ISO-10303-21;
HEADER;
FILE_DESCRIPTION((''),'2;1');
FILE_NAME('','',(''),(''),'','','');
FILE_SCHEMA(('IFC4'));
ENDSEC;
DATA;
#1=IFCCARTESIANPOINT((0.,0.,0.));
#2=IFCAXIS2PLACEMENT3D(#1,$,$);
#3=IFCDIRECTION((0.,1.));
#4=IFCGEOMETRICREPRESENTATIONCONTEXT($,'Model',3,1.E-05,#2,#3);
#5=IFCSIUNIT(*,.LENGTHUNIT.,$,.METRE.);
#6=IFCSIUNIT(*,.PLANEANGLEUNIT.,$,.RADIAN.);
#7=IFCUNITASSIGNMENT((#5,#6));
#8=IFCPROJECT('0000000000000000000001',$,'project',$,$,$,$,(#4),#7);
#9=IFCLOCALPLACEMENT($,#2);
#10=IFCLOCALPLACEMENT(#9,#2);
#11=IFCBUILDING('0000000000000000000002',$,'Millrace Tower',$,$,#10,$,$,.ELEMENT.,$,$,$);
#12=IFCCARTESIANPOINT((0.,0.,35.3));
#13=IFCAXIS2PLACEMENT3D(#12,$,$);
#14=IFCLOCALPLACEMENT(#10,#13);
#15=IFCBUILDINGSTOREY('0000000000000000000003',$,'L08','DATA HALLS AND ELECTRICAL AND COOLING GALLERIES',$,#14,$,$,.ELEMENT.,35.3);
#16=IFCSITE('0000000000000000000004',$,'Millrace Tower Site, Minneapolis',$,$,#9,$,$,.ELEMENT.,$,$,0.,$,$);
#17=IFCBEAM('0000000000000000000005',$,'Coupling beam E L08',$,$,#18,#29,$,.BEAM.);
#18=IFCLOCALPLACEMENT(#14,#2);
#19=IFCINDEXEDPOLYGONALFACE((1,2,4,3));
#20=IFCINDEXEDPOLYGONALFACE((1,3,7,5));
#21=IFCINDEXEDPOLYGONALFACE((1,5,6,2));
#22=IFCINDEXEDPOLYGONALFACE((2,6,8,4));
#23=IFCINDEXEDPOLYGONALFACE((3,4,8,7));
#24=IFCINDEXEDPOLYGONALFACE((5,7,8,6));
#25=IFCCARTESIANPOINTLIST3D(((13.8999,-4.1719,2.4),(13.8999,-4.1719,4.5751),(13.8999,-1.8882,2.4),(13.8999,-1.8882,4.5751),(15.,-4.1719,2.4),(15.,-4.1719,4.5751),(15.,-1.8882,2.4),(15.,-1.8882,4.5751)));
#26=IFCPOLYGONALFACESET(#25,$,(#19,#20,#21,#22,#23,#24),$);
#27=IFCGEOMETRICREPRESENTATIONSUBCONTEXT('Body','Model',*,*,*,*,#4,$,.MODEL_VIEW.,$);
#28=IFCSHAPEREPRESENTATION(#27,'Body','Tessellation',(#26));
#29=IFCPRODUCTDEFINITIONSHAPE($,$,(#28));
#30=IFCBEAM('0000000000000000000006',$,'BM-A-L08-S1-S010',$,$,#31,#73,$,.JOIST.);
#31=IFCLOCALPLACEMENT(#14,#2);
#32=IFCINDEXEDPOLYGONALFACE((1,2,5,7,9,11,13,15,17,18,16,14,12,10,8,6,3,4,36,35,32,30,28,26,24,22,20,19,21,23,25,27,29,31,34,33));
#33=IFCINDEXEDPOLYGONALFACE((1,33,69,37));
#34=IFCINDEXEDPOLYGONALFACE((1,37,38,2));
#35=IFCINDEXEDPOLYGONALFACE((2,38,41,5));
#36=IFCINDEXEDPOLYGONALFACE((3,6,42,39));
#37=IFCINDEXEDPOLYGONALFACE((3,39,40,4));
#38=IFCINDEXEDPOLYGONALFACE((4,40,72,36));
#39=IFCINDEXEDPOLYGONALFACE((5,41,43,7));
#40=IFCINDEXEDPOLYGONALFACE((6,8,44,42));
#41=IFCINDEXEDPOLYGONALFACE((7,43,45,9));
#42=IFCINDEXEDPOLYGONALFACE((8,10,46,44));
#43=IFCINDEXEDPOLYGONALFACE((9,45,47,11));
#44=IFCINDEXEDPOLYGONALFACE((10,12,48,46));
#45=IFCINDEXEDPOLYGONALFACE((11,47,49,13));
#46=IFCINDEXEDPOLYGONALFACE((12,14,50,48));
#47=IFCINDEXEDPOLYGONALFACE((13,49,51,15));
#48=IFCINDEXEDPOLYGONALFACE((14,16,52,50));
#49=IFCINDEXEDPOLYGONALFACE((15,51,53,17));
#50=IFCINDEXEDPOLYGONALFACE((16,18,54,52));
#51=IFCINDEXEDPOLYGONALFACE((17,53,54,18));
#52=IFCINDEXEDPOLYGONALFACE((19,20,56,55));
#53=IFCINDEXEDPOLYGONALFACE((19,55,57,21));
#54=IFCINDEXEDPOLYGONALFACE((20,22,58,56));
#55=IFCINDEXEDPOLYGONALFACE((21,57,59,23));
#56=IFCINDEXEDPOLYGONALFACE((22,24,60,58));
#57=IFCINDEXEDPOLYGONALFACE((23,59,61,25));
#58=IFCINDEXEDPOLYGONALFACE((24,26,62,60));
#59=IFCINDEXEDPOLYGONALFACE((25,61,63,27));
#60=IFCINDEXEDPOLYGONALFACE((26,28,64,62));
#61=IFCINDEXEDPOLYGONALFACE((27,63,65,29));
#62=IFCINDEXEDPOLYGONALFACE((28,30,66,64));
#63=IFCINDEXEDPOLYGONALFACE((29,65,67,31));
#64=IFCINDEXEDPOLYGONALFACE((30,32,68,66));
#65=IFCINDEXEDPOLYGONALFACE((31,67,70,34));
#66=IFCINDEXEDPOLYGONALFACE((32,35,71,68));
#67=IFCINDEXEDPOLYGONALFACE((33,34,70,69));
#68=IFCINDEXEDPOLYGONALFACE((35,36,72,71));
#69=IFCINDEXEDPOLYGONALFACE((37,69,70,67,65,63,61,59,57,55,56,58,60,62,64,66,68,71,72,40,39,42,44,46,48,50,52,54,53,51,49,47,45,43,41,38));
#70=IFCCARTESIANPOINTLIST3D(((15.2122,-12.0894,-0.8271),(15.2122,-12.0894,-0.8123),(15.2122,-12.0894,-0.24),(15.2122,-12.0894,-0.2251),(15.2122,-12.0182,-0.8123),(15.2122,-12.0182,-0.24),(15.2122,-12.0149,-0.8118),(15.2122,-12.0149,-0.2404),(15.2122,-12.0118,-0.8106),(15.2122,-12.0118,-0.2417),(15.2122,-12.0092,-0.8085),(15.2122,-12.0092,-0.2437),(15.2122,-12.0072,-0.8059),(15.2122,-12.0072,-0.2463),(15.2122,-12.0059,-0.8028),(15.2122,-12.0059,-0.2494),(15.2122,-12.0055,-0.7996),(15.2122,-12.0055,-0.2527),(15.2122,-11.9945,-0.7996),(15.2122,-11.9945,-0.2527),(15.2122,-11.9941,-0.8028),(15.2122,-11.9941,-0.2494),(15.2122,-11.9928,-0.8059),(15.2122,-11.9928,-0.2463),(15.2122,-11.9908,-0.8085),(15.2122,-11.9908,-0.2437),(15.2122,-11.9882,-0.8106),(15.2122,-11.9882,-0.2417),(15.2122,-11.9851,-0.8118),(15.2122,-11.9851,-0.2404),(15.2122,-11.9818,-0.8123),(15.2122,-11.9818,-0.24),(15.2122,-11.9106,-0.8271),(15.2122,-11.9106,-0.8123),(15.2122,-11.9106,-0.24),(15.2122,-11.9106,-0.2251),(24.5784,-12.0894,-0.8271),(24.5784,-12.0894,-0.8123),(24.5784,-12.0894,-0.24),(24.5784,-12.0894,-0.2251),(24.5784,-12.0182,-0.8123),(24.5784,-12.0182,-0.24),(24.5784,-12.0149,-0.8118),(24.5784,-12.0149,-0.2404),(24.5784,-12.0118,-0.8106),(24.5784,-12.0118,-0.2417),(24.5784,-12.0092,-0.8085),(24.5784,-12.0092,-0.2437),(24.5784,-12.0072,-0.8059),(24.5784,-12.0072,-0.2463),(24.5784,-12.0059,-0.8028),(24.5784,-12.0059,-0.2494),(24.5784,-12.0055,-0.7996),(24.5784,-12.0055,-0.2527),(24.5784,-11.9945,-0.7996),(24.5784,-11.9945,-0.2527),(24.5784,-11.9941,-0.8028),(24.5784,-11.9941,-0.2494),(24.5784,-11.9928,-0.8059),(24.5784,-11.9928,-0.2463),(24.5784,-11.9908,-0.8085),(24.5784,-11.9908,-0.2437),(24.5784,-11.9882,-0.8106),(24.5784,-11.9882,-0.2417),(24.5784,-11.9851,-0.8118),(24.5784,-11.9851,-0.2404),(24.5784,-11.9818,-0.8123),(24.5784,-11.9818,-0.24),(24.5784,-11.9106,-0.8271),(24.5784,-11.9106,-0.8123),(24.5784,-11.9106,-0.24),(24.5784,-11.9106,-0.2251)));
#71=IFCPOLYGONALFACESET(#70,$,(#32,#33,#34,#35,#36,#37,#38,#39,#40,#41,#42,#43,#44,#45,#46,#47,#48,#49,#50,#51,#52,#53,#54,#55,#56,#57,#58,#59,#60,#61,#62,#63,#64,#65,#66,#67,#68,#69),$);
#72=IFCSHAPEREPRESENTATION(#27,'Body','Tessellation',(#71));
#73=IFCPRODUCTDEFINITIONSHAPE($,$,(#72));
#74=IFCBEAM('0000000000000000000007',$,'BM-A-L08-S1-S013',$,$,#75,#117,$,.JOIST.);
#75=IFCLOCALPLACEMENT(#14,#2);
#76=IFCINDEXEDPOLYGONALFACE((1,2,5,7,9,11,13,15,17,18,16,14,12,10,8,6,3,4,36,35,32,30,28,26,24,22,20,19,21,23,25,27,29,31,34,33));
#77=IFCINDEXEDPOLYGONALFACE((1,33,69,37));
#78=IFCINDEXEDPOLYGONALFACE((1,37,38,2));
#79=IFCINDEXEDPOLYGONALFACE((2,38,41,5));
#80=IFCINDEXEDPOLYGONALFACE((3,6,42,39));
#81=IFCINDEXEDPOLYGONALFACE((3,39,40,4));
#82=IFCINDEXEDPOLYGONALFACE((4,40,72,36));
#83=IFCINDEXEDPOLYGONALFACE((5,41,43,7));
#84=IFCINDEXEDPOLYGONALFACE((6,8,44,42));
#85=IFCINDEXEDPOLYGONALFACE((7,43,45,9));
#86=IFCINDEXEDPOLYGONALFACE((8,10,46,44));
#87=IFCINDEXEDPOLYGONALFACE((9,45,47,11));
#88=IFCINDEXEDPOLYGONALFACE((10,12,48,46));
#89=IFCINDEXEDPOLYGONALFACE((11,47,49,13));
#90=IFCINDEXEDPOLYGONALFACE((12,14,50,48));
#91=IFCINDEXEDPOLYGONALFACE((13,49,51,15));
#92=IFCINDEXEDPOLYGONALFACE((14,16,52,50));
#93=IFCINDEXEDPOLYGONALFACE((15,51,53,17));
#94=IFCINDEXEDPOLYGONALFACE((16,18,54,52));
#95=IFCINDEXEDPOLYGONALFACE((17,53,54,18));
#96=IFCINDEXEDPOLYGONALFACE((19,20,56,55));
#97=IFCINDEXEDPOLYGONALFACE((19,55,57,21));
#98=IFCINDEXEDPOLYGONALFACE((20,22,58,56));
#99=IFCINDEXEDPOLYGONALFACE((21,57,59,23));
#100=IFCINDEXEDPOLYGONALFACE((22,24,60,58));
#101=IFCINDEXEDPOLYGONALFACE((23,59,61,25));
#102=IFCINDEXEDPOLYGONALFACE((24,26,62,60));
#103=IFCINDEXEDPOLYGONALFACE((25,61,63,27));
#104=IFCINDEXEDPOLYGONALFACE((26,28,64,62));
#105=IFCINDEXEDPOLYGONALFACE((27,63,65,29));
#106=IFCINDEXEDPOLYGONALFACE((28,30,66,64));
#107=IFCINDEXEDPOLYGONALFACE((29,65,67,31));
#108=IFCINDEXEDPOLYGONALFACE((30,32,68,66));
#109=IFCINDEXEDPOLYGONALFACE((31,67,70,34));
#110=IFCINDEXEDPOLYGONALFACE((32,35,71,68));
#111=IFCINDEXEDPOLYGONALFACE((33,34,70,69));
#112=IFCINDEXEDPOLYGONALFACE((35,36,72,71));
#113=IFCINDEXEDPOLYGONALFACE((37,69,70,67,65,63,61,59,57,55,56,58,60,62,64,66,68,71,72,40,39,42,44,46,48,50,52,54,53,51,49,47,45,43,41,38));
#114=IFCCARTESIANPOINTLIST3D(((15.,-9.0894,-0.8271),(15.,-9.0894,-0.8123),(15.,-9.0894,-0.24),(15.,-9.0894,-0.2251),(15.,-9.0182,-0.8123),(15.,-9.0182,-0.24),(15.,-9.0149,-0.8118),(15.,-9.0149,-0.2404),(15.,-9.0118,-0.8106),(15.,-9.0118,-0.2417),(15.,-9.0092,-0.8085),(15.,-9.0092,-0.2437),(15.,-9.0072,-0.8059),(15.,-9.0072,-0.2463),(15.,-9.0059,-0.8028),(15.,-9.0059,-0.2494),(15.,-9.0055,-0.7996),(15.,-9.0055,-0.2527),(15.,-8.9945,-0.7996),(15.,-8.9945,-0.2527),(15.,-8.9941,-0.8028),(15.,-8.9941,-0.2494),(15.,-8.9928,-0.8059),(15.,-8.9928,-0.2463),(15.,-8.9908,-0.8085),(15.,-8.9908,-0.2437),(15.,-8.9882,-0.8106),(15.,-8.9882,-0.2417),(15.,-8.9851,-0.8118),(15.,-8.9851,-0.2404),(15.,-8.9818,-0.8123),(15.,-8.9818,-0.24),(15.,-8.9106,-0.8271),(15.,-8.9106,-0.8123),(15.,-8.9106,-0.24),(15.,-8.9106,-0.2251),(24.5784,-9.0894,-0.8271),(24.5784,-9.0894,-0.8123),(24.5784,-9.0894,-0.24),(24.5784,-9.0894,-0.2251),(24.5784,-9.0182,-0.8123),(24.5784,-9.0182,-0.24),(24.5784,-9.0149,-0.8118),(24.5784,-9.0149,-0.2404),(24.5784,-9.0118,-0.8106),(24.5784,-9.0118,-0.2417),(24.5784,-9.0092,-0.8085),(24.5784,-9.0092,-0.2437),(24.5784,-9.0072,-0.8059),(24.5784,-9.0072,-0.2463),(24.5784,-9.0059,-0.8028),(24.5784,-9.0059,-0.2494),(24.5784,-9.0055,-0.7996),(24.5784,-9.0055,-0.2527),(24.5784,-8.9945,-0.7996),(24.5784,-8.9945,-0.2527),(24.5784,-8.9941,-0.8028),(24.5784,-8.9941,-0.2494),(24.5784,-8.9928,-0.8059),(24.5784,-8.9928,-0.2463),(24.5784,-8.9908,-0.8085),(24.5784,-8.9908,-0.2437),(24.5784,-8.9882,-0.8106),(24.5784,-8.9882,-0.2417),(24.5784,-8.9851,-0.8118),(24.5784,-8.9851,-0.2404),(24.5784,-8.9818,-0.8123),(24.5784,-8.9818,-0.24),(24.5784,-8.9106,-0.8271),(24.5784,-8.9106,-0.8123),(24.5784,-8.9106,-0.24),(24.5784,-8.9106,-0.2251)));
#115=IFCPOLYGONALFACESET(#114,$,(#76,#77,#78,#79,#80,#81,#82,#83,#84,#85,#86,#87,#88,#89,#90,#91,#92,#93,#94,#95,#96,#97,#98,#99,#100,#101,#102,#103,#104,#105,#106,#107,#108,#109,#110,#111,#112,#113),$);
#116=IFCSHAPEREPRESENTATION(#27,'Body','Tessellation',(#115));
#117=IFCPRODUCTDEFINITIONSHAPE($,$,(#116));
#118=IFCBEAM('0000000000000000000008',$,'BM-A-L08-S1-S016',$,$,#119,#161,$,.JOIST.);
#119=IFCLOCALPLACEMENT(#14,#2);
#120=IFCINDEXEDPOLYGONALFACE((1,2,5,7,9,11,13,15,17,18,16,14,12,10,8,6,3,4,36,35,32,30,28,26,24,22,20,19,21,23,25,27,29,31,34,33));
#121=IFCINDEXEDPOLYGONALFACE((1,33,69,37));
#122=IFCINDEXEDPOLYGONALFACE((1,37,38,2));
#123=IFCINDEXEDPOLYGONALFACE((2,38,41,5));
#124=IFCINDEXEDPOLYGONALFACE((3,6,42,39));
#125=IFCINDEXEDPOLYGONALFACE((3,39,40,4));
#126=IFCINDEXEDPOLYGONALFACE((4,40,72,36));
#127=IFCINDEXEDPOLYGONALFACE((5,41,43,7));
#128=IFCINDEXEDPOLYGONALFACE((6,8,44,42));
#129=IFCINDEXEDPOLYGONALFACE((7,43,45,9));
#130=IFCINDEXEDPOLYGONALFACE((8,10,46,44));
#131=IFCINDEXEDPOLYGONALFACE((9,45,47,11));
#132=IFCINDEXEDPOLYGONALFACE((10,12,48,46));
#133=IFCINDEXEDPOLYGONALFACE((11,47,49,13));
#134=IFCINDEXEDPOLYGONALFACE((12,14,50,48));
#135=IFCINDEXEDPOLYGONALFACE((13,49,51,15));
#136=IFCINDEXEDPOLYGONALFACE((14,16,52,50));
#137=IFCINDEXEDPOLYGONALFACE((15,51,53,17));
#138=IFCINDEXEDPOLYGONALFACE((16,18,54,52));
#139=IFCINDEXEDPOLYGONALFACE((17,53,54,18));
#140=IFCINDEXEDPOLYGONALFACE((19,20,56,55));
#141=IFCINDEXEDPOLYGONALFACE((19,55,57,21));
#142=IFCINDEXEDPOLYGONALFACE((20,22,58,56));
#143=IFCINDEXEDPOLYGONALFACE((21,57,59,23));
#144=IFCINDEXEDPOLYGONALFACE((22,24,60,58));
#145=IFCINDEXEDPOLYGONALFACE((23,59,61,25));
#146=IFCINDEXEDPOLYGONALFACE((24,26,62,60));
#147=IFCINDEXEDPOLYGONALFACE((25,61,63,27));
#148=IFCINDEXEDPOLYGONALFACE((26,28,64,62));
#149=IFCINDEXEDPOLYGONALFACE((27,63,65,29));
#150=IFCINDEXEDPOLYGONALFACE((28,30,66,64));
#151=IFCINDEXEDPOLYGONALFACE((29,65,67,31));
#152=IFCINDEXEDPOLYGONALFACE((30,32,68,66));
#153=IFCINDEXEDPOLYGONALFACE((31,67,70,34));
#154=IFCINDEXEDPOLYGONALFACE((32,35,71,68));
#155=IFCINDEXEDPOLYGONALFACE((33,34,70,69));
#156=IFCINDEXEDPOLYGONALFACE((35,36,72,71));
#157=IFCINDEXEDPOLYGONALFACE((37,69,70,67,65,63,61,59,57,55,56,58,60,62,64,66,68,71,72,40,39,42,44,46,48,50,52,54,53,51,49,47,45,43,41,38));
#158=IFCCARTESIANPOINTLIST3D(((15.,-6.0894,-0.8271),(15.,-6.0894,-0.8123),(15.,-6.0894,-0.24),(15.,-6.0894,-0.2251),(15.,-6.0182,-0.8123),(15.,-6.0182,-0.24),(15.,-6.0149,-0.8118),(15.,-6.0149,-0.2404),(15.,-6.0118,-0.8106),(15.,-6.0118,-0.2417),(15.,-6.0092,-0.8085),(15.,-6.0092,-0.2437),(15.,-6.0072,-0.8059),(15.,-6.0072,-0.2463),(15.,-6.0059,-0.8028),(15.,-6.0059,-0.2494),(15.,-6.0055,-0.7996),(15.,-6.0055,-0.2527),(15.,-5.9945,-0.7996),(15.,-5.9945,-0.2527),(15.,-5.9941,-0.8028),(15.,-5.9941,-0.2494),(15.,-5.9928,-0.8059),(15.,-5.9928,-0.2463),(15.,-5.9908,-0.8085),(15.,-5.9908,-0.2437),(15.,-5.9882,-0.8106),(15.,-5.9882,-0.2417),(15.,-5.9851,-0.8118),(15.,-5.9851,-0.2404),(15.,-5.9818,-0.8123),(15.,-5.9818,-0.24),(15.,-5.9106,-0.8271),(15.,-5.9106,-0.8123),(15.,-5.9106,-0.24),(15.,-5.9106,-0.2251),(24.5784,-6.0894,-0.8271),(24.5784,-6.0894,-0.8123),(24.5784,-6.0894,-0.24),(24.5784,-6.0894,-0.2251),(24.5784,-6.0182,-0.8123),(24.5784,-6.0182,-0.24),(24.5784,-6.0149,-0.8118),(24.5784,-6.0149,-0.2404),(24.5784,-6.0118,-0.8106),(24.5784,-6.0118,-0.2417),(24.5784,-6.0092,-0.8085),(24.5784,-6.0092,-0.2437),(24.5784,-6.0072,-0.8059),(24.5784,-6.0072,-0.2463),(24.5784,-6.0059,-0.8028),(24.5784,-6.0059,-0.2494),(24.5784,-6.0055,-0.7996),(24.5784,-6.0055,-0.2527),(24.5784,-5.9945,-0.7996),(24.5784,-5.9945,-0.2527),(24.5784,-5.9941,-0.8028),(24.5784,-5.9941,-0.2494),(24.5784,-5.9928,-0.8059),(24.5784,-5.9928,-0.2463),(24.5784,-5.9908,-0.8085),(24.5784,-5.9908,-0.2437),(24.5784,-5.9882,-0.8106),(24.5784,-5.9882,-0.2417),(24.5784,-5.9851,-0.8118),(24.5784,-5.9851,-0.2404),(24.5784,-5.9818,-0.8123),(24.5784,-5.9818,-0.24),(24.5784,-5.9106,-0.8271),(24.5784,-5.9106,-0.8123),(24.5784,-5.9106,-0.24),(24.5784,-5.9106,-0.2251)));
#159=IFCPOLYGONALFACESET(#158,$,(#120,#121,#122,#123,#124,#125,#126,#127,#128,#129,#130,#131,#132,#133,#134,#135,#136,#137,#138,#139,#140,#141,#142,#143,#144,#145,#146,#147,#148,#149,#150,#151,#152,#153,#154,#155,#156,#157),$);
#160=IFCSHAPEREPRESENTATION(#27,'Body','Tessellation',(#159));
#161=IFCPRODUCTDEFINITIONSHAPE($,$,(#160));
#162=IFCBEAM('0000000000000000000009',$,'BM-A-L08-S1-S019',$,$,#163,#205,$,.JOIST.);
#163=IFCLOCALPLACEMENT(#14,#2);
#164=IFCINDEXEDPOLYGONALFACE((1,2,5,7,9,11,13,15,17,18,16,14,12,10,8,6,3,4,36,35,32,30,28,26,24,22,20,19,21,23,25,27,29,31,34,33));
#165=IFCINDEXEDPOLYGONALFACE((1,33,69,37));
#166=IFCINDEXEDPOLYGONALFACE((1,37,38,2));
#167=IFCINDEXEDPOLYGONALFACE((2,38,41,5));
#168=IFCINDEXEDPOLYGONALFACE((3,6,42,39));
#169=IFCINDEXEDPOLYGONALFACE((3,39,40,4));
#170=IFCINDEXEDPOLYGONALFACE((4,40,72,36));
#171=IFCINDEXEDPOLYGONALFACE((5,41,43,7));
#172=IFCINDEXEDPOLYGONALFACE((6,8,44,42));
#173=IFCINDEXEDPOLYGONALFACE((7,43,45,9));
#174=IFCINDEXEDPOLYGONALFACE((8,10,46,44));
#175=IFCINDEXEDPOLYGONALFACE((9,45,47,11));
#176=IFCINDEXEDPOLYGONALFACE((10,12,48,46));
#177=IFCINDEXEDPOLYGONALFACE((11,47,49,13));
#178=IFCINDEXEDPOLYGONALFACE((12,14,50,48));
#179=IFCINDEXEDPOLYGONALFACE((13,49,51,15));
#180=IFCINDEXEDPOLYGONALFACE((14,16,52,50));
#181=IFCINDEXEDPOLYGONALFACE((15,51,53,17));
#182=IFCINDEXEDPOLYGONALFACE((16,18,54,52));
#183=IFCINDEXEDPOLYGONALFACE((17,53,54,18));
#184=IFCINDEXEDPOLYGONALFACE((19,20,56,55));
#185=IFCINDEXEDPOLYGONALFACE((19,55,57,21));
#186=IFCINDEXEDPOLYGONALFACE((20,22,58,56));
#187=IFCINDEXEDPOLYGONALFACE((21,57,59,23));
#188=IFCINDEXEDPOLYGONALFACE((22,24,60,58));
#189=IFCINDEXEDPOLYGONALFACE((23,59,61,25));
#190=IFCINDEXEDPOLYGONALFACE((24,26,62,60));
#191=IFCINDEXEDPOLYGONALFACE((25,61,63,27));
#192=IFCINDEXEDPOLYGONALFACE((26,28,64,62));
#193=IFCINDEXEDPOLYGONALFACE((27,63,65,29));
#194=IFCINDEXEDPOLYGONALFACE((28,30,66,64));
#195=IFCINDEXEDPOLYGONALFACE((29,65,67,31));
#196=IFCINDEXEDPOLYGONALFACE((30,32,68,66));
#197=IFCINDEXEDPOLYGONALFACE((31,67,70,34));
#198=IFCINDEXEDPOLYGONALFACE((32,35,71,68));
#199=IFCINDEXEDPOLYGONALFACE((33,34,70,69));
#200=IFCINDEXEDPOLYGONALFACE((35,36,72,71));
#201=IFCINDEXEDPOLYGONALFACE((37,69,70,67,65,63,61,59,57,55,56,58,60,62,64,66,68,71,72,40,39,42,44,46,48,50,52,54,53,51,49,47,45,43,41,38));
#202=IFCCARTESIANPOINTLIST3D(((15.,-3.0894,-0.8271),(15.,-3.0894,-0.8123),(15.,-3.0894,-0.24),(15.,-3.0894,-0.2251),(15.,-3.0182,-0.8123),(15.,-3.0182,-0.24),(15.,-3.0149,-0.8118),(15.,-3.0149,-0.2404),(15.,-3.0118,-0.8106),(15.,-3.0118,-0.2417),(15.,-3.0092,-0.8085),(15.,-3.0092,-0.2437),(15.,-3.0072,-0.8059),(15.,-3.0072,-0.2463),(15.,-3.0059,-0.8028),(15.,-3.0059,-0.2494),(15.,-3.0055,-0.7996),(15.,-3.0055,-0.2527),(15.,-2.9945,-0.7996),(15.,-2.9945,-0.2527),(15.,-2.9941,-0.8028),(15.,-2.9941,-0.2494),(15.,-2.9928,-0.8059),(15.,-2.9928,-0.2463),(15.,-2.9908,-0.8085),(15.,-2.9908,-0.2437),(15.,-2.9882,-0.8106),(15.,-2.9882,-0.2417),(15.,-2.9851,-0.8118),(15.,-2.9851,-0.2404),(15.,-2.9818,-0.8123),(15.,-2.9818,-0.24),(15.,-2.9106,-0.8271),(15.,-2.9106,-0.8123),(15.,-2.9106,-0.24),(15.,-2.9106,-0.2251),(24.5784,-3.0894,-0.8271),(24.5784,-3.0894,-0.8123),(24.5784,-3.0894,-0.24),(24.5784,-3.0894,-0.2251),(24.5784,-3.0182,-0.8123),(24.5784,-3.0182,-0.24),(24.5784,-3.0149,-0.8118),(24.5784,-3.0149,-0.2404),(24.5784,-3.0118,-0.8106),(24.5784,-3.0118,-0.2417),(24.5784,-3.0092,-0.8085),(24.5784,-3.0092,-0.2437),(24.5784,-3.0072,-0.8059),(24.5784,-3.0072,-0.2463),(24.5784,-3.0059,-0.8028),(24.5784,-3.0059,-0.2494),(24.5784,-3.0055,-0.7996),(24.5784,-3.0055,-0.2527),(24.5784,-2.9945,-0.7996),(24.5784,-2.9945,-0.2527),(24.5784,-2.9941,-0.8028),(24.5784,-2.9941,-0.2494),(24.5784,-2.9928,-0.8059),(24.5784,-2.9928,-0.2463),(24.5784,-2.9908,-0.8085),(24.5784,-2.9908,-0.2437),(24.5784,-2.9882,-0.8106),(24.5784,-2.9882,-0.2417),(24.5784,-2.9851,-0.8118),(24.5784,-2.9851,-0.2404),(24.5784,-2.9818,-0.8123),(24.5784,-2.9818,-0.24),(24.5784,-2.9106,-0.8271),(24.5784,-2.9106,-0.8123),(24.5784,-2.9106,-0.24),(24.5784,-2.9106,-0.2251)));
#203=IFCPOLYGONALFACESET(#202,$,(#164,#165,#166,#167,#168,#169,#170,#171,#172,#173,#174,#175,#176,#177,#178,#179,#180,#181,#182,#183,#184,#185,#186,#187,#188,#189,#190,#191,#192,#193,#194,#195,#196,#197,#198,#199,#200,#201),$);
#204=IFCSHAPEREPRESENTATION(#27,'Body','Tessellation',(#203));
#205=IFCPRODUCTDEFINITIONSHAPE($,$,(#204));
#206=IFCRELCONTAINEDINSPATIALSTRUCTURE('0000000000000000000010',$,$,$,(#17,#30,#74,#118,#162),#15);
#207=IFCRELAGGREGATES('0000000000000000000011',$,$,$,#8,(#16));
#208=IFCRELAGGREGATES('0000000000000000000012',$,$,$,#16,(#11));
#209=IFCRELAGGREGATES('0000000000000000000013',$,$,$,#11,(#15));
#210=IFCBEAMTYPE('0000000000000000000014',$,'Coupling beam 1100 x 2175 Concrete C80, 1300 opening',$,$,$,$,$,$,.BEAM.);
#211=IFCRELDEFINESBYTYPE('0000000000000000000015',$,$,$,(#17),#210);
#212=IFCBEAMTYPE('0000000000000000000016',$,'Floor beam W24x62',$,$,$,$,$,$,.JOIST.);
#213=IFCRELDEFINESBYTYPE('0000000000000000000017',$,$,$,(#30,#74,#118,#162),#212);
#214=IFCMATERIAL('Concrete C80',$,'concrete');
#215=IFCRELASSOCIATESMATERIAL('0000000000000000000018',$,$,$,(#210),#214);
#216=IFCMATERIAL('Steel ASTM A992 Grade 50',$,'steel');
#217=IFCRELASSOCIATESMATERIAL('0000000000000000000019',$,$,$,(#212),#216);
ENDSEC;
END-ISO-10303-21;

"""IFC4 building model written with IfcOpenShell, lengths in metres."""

from ifc_helpers import new_model, si_unit, direction, frame, origin, origin_2d, place, context, subcontext, project, spatial, rectangle, i_section, extrude, material, material_profile, profile_set, type_object, element, save


model = new_model("IFC4")

# Units and contexts
model_context = context("Model", 3, precision=1e-05, world=origin(), true_north=direction((0.0, 1.0)))
body_context = subcontext(model_context, "Body", "Model", "MODEL_VIEW")
ifc_project = project(units=[si_unit("LENGTHUNIT", "METRE"), si_unit("PLANEANGLEUNIT", "RADIAN")], contexts=[model_context])

# Site, building, storey
site_placement = place(None, origin())
site = spatial("IfcSite", under=ifc_project, at=site_placement, Name="Millrace Tower Site, Minneapolis", CompositionType="ELEMENT", RefElevation=0.0)
building_placement = place(site_placement, origin())
building = spatial("IfcBuilding", under=site, at=building_placement, Name="Millrace Tower", CompositionType="ELEMENT")
storey_placement = place(building_placement, frame((0.0, 0.0, 35.3)))
storey = spatial("IfcBuildingStorey", under=building, at=storey_placement, Name="L08", Description="DATA HALLS AND ELECTRICAL AND COOLING GALLERIES", CompositionType="ELEMENT", Elevation=35.3)

# Beams
ifc_material_1 = material(Name="Concrete C80", Category="concrete")
ifc_material_profile_1 = material_profile(ifc_material_1, rectangle(XDim=1.1001, YDim=2.175, at=origin_2d()))
ifc_profile_set_1 = profile_set([ifc_material_profile_1], Name="Concrete C80")
beam_type_1 = type_object("IfcBeamType", Name="Coupling beam 1100 x 2175 Concrete C80, 1300 opening", PredefinedType="BEAM", material=ifc_profile_set_1)
beam_1_placement = place(storey_placement, frame((14.45, -1.8882, 3.4875), z_axis=(0.0, -1.0, 0.0), x_axis=(1.0, 0.0, 0.0)))
element("IfcBeam", 1, at=beam_1_placement, inside=storey, type_object=beam_type_1, Name="Coupling beam E L08", PredefinedType="BEAM", context=body_context, shape_type="SweptSolid", body=[
    extrude(rectangle(XDim=1.1001, YDim=2.175, at=origin_2d()), origin(), (0.0, 0.0, 1.0), 2.2837),
])
ifc_material_2 = material(Name="Steel ASTM A992 Grade 50", Category="steel")
ifc_material_profile_2 = material_profile(ifc_material_2, i_section(OverallWidth=0.1787, OverallDepth=0.6021, WebThickness=0.011, FlangeThickness=0.0149, FilletRadius=0.0127, at=origin_2d()))
ifc_profile_set_2 = profile_set([ifc_material_profile_2], Name="Steel ASTM A992 Grade 50")
beam_type_2 = type_object("IfcBeamType", Name="Floor beam W24x62", PredefinedType="JOIST", material=ifc_profile_set_2)
beam_2_placement = place(storey_placement, frame((15.2122, -12.0, -0.5261), z_axis=(1.0, 0.0, 0.0), x_axis=(0.0, 1.0, 0.0)))
element("IfcBeam", 2, at=beam_2_placement, inside=storey, type_object=beam_type_2, Name="BM-A-L08-S1-S010", PredefinedType="JOIST", context=body_context, shape_type="SweptSolid", body=[
    extrude(i_section(OverallWidth=0.1787, OverallDepth=0.6021, WebThickness=0.011, FlangeThickness=0.0149, FilletRadius=0.0127, at=origin_2d()), origin(), (0.0, 0.0, 1.0), 9.3662),
])
for number, where, z_axis, x_axis, name in (
    (3, (15.0, -9.0, -0.5261), (1.0, 0.0, 0.0), (0.0, 1.0, 0.0), "BM-A-L08-S1-S013"),
    (4, (15.0, -6.0, -0.5261), (1.0, 0.0, 0.0), (0.0, 1.0, 0.0), "BM-A-L08-S1-S016"),
    (5, (15.0, -3.0, -0.5261), (1.0, 0.0, 0.0), (0.0, 1.0, 0.0), "BM-A-L08-S1-S019"),
):
    element("IfcBeam", number, at=place(storey_placement, frame(where, z_axis=z_axis, x_axis=x_axis)), inside=storey, type_object=beam_type_2, Name=name, PredefinedType="JOIST", context=body_context, shape_type="SweptSolid", body=[
        extrude(i_section(OverallWidth=0.1787, OverallDepth=0.6021, WebThickness=0.011, FlangeThickness=0.0149, FilletRadius=0.0127, at=origin_2d()), origin(), (0.0, 0.0, 1.0), 9.5784),
    ])

save(model, "model.ifc")
